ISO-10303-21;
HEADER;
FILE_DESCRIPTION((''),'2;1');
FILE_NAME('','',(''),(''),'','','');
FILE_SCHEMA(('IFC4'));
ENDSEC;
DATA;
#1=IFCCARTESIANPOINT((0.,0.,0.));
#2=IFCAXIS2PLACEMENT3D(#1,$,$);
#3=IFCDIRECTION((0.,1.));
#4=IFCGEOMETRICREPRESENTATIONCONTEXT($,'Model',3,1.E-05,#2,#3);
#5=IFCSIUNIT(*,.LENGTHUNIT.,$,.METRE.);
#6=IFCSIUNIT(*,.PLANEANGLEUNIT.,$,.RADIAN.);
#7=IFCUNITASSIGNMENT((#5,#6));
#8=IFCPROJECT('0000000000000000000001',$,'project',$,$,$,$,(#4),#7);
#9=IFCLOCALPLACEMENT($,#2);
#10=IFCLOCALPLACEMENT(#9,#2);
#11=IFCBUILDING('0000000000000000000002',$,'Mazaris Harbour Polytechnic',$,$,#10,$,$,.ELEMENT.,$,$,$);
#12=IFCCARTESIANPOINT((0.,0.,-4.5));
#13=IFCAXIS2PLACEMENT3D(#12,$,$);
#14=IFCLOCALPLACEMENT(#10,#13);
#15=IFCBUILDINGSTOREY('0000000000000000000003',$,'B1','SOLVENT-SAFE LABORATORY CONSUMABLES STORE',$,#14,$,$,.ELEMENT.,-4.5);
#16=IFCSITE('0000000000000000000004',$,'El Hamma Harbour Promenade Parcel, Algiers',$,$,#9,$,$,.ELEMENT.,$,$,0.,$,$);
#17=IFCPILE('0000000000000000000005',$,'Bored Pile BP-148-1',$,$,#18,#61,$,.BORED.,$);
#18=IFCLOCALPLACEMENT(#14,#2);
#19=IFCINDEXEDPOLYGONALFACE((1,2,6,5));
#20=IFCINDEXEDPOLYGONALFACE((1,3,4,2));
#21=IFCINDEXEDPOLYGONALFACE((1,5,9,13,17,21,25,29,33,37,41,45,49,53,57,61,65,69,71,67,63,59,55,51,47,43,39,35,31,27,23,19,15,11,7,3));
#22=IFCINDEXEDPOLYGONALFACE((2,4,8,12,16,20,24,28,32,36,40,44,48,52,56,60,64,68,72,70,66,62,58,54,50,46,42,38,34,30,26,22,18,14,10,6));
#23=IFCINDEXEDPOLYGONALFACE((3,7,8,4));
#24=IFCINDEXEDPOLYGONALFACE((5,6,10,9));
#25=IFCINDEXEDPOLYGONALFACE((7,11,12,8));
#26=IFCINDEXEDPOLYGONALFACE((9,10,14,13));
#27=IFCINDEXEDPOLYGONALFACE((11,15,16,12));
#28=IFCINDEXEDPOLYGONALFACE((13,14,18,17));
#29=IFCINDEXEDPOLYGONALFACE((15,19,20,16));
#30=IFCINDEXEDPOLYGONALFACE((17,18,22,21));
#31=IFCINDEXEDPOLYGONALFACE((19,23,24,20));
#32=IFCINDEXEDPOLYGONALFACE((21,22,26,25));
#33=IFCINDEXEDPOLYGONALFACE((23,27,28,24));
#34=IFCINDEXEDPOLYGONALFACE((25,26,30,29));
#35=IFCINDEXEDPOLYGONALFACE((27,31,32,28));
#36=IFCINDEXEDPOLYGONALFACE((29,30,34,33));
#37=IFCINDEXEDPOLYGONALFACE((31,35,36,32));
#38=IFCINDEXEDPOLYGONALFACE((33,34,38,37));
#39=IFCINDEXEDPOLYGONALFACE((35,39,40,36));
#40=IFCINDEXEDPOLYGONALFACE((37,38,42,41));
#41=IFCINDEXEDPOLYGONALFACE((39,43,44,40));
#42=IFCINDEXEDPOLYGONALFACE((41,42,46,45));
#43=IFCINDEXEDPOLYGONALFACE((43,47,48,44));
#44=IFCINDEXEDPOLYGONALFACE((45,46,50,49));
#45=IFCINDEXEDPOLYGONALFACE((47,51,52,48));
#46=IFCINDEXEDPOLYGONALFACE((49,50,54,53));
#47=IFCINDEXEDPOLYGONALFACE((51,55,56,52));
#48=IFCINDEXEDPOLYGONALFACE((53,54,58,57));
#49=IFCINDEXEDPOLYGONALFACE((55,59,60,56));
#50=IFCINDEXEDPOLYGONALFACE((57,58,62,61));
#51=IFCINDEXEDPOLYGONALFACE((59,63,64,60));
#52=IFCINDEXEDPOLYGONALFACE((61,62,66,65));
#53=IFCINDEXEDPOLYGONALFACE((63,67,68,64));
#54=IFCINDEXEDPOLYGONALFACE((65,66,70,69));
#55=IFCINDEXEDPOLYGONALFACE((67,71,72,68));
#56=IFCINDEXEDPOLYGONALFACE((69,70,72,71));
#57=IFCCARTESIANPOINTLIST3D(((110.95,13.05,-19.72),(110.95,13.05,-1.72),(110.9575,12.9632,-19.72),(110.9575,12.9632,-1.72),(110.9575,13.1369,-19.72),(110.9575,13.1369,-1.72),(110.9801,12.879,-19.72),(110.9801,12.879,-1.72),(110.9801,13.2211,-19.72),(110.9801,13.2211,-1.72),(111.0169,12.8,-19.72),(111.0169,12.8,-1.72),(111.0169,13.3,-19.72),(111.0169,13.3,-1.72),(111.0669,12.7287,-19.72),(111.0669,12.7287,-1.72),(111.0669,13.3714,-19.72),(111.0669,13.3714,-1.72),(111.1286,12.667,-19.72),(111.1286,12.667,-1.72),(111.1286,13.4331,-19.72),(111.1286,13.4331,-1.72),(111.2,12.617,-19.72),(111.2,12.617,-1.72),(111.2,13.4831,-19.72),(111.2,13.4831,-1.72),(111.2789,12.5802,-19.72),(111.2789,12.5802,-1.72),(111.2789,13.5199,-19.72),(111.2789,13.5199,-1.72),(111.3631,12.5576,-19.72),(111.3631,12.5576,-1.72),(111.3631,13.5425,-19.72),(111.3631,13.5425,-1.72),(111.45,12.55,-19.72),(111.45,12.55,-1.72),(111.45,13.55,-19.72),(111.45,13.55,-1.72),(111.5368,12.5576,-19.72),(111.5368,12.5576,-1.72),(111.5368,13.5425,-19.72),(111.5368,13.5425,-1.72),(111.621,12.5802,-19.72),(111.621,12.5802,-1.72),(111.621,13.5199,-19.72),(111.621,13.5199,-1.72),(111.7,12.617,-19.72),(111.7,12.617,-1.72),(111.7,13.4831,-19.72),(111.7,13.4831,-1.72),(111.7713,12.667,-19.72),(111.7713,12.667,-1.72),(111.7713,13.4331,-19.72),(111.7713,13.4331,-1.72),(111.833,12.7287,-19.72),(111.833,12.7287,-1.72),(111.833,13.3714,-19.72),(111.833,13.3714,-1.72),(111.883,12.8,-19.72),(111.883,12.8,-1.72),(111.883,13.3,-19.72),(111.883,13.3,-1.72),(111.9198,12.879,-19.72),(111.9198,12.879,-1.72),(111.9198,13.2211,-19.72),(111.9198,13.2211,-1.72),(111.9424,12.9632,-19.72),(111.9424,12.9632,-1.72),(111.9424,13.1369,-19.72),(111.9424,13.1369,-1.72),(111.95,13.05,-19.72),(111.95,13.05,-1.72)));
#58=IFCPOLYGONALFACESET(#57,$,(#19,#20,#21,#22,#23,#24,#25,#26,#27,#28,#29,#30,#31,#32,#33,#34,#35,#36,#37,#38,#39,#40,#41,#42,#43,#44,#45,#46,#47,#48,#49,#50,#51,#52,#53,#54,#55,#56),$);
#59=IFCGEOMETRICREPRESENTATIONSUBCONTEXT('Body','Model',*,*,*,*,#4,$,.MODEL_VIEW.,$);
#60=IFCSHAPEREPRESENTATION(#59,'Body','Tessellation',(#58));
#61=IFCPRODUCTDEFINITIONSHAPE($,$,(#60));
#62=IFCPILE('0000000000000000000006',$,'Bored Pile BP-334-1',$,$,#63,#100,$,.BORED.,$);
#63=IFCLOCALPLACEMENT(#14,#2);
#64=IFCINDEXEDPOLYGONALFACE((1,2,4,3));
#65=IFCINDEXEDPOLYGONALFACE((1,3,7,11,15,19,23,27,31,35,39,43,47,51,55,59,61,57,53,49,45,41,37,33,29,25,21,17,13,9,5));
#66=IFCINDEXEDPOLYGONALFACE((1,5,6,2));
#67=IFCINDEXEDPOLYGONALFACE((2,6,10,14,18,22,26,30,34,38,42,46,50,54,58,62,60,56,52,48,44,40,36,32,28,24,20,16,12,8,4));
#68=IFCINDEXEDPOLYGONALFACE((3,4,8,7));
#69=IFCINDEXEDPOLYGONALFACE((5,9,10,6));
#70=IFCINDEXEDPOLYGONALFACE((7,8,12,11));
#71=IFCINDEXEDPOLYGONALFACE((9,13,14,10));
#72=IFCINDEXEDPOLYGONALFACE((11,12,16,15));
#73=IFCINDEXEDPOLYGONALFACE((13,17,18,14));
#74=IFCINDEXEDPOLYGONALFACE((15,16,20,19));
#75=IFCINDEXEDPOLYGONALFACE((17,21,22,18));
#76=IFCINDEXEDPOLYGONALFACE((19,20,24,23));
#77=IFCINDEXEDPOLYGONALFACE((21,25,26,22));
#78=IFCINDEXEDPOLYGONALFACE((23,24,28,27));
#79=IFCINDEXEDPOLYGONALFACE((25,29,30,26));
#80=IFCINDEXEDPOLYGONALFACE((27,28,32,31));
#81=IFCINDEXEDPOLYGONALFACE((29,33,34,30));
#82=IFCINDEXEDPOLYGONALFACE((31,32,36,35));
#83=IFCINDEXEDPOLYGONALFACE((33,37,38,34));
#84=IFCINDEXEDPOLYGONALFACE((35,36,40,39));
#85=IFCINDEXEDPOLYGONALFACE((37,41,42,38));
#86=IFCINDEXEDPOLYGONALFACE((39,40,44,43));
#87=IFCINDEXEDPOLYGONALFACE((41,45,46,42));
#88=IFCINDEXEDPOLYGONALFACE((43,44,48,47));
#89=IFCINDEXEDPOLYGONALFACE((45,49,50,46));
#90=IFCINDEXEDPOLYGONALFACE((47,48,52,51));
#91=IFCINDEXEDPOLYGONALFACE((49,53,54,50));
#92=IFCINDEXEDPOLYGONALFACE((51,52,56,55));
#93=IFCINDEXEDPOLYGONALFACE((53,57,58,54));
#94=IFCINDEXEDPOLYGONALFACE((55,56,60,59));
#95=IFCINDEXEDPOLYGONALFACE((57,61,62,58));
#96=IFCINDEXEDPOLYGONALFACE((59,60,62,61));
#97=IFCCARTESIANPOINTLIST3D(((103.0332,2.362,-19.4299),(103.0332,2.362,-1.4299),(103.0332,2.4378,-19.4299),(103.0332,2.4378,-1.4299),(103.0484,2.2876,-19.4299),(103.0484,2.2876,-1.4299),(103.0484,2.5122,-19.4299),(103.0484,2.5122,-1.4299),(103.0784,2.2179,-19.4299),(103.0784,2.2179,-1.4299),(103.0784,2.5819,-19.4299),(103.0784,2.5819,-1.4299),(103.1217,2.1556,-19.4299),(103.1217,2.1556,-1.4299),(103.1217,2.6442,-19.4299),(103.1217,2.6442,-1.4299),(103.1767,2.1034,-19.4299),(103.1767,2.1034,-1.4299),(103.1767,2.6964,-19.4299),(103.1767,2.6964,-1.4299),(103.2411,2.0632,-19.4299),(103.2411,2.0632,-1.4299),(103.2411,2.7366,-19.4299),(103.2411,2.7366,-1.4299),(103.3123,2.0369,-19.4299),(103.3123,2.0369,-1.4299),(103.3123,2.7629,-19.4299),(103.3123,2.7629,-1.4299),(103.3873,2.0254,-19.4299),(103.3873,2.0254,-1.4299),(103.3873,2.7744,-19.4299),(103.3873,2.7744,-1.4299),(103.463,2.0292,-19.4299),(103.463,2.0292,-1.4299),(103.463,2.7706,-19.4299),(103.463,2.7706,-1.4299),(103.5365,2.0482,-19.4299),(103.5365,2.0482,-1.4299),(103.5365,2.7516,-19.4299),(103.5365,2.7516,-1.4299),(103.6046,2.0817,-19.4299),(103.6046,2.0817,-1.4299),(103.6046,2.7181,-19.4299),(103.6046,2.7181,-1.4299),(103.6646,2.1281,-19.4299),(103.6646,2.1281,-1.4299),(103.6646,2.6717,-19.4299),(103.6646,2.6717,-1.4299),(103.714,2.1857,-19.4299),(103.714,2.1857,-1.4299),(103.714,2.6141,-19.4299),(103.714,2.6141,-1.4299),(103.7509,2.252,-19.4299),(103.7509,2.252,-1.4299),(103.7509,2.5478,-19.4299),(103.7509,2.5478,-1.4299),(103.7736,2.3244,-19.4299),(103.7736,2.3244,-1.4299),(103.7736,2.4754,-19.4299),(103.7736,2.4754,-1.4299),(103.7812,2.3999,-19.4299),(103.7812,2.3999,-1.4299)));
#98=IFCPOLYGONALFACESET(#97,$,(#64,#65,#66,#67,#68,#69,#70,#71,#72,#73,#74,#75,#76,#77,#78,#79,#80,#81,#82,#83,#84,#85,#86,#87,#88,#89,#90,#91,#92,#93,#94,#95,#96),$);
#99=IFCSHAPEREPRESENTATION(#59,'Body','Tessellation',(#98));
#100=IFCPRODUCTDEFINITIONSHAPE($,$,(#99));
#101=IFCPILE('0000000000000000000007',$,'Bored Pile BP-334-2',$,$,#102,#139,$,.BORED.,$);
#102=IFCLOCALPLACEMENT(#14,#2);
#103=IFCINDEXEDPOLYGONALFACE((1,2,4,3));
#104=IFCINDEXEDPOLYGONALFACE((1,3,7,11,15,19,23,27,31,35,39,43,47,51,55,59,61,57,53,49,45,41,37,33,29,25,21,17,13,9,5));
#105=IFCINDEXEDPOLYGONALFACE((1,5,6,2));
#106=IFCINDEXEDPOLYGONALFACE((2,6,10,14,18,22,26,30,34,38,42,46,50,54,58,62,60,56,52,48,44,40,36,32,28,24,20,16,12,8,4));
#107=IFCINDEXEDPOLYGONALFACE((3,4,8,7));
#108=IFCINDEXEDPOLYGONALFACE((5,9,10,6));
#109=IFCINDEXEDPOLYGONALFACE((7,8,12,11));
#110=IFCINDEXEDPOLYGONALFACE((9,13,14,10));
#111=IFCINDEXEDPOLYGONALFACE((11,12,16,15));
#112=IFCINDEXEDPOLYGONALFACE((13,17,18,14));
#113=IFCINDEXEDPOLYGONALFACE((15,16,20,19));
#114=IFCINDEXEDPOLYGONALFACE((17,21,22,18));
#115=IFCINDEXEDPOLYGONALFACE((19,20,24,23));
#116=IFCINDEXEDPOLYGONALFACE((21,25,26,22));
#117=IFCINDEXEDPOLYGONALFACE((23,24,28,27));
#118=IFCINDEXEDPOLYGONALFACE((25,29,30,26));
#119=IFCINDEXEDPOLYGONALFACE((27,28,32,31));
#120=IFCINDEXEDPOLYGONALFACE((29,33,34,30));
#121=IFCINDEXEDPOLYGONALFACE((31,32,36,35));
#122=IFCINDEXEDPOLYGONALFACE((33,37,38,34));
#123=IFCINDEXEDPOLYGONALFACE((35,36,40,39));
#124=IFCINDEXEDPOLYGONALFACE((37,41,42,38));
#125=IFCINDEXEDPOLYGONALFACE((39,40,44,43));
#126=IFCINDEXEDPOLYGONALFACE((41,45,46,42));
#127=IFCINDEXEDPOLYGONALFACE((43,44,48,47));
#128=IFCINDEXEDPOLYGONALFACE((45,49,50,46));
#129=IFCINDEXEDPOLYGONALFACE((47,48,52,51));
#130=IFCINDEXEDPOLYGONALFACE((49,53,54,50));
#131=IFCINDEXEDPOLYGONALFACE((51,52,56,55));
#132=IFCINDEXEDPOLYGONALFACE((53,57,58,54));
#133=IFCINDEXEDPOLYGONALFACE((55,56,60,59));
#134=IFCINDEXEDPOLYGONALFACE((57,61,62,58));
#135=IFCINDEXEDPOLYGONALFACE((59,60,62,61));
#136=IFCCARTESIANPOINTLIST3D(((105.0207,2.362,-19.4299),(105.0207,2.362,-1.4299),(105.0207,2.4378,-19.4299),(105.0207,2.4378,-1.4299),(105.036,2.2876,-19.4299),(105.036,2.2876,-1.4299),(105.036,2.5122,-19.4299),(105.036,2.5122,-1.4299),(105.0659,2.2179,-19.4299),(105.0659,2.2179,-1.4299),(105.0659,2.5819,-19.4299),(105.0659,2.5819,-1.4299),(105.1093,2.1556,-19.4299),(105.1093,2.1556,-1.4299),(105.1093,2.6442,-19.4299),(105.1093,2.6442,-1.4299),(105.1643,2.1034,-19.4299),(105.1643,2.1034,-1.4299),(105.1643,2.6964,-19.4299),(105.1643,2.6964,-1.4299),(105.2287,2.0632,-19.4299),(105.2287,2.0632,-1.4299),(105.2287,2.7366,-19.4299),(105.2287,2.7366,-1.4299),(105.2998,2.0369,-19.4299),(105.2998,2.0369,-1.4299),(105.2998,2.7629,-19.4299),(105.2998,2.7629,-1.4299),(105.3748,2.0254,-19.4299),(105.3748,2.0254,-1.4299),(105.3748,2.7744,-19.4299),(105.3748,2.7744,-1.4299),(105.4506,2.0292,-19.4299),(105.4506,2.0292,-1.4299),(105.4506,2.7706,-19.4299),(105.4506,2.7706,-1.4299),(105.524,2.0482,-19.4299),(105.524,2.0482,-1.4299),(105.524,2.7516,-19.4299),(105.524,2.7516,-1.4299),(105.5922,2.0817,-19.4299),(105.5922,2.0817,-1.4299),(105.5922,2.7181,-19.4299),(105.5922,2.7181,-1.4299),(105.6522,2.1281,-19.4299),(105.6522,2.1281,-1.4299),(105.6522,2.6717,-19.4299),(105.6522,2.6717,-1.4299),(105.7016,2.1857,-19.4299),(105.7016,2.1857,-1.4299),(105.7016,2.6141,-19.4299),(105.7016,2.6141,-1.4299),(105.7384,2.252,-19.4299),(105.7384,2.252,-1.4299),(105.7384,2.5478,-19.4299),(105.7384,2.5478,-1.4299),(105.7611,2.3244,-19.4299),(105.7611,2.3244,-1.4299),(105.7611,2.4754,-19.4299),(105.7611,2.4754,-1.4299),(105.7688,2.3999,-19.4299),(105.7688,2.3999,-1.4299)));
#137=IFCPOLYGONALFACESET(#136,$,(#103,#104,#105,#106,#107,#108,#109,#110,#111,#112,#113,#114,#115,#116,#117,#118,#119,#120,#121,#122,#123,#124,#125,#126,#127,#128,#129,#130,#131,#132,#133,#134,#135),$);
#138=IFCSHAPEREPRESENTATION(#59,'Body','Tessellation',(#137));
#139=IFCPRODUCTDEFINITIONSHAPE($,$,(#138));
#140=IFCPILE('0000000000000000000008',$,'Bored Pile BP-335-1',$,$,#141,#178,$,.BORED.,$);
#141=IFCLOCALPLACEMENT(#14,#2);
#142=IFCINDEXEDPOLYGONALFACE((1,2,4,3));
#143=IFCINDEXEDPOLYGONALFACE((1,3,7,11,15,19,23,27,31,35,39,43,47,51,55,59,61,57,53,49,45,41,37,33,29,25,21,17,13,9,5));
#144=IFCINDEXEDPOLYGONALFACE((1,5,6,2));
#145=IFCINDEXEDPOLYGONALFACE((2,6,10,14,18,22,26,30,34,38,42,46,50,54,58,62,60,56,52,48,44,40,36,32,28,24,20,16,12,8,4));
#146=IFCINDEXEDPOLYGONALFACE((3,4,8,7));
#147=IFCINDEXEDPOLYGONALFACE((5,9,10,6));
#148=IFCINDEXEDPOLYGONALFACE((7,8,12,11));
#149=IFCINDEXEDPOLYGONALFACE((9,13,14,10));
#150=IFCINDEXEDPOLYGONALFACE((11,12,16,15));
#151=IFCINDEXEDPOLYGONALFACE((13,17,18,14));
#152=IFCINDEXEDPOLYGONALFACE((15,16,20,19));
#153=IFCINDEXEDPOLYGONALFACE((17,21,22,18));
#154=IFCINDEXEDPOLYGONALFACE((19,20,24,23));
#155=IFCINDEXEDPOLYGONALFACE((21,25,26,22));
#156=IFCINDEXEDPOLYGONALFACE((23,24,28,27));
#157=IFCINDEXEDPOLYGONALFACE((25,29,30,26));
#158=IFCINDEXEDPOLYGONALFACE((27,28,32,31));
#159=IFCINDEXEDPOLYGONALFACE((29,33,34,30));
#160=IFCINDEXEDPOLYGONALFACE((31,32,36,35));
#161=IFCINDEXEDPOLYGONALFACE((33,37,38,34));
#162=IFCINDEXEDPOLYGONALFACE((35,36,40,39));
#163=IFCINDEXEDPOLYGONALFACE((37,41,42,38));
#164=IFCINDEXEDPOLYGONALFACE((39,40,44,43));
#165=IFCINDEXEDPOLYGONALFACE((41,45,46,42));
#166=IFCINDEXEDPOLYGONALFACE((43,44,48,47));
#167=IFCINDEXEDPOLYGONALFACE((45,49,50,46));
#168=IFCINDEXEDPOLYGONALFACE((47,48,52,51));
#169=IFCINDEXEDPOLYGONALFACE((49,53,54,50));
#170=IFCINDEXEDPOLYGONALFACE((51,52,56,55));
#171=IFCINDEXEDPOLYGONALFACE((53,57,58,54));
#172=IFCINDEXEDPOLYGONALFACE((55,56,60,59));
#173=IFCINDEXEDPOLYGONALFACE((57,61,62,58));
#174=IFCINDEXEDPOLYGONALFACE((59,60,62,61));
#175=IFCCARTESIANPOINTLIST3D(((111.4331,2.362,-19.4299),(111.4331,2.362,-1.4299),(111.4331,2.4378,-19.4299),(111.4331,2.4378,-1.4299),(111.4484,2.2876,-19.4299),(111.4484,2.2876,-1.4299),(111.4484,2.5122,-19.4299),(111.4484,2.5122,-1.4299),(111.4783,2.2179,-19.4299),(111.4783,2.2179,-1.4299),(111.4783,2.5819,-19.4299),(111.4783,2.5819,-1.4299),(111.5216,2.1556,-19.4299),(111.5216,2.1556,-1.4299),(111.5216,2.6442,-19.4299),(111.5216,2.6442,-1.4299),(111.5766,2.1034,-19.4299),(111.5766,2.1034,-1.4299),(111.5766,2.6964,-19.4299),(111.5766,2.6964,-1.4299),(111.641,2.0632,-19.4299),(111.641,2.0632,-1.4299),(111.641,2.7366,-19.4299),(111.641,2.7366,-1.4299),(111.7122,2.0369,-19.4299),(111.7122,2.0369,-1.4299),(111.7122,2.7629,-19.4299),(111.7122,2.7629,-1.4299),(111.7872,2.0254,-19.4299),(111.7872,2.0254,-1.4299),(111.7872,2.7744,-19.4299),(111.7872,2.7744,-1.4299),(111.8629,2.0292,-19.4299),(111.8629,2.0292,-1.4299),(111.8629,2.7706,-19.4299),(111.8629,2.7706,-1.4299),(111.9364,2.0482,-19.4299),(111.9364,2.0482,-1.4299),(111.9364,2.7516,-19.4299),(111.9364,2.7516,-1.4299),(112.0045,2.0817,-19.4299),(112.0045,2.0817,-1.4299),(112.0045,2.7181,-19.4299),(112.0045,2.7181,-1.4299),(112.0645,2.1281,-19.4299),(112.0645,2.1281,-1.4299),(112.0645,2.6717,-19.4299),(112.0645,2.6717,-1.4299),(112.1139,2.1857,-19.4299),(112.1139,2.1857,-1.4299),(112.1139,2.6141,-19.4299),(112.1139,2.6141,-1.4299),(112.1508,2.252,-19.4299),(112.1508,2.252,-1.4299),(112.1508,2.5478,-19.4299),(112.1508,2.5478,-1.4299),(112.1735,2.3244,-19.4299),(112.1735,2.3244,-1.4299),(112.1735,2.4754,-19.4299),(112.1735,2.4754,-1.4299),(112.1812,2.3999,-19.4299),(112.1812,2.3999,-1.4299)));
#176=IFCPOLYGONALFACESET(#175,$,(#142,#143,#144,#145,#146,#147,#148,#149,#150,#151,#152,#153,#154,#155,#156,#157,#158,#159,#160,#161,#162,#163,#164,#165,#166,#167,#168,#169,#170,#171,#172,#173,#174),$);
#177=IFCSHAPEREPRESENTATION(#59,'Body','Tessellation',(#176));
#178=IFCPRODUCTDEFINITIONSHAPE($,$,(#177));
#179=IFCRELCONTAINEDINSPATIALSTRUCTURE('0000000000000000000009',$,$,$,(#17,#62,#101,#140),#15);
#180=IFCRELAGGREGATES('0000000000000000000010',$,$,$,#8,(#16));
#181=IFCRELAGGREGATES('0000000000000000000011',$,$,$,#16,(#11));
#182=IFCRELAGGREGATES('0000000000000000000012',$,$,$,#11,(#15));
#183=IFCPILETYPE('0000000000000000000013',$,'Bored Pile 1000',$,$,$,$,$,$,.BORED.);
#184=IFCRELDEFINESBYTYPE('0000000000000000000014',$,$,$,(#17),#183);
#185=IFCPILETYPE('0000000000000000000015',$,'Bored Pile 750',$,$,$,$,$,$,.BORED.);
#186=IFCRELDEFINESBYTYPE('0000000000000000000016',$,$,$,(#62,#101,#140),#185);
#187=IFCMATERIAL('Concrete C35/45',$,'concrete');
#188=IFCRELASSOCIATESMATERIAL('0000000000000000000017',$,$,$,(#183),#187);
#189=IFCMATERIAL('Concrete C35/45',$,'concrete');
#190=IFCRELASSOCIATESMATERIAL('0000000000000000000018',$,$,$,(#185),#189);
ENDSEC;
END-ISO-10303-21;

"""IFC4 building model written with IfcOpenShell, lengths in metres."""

from ifc_helpers import new_model, si_unit, direction, frame, origin, origin_2d, place, context, subcontext, project, spatial, circle, extrude, material, material_profile, profile_set, type_object, element, save


model = new_model("IFC4")

# Units and contexts
model_context = context("Model", 3, precision=1e-05, world=origin(), true_north=direction((0.0, 1.0)))
body_context = subcontext(model_context, "Body", "Model", "MODEL_VIEW")
ifc_project = project(units=[si_unit("LENGTHUNIT", "METRE"), si_unit("PLANEANGLEUNIT", "RADIAN")], contexts=[model_context])

# Site, building, storey
site_placement = place(None, origin())
site = spatial("IfcSite", under=ifc_project, at=site_placement, Name="El Hamma Harbour Promenade Parcel, Algiers", CompositionType="ELEMENT", RefElevation=0.0)
building_placement = place(site_placement, origin())
building = spatial("IfcBuilding", under=site, at=building_placement, Name="Mazaris Harbour Polytechnic", CompositionType="ELEMENT")
storey_placement = place(building_placement, frame((0.0, 0.0, -4.5)))
storey = spatial("IfcBuildingStorey", under=building, at=storey_placement, Name="B1", Description="SOLVENT-SAFE LABORATORY CONSUMABLES STORE", CompositionType="ELEMENT", Elevation=-4.5)

# Piles
ifc_material_1 = material(Name="Concrete C35/45", Category="concrete")
ifc_material_profile_1 = material_profile(ifc_material_1, circle(Radius=0.5, at=origin_2d()), Name="DIA1000")
ifc_profile_set_1 = profile_set([ifc_material_profile_1], Name="Concrete C35/45")
pile_type_1 = type_object("IfcPileType", Name="Bored Pile 1000", PredefinedType="BORED", material=ifc_profile_set_1)
for number, where, z_axis, x_axis, name in (
    (1, (111.45, 13.05, -1.72), (0.0, 0.0, -1.0), (1.0, 0.0, 0.0), "Bored Pile BP-148-1"),
):
    element("IfcPile", number, at=place(storey_placement, frame(where, z_axis=z_axis, x_axis=x_axis)), inside=storey, type_object=pile_type_1, Name=name, PredefinedType="BORED", context=body_context, shape_type="SweptSolid", body=[
        extrude(circle(Radius=0.5, at=origin_2d()), origin(), (0.0, 0.0, 1.0), 18.0),
    ])
ifc_material_2 = material(Name="Concrete C35/45", Category="concrete")
ifc_material_profile_2 = material_profile(ifc_material_2, circle(Radius=0.375, at=origin_2d()), Name="DIA750")
ifc_profile_set_2 = profile_set([ifc_material_profile_2], Name="Concrete C35/45")
pile_type_2 = type_object("IfcPileType", Name="Bored Pile 750", PredefinedType="BORED", material=ifc_profile_set_2)
for number, where, z_axis, x_axis, name in (
    (2, (103.4062, 2.3999, -1.4299), (0.0, 0.0, -1.0), (1.0, 0.0, 0.0), "Bored Pile BP-334-1"),
    (3, (105.3938, 2.3999, -1.4299), (0.0, 0.0, -1.0), (1.0, 0.0, 0.0), "Bored Pile BP-334-2"),
    (4, (111.8062, 2.3999, -1.4299), (0.0, 0.0, -1.0), (1.0, 0.0, 0.0), "Bored Pile BP-335-1"),
):
    element("IfcPile", number, at=place(storey_placement, frame(where, z_axis=z_axis, x_axis=x_axis)), inside=storey, type_object=pile_type_2, Name=name, PredefinedType="BORED", context=body_context, shape_type="SweptSolid", body=[
        extrude(circle(Radius=0.375, at=origin_2d()), origin(), (0.0, 0.0, 1.0), 18.0),
    ])

save(model, "model.ifc")
